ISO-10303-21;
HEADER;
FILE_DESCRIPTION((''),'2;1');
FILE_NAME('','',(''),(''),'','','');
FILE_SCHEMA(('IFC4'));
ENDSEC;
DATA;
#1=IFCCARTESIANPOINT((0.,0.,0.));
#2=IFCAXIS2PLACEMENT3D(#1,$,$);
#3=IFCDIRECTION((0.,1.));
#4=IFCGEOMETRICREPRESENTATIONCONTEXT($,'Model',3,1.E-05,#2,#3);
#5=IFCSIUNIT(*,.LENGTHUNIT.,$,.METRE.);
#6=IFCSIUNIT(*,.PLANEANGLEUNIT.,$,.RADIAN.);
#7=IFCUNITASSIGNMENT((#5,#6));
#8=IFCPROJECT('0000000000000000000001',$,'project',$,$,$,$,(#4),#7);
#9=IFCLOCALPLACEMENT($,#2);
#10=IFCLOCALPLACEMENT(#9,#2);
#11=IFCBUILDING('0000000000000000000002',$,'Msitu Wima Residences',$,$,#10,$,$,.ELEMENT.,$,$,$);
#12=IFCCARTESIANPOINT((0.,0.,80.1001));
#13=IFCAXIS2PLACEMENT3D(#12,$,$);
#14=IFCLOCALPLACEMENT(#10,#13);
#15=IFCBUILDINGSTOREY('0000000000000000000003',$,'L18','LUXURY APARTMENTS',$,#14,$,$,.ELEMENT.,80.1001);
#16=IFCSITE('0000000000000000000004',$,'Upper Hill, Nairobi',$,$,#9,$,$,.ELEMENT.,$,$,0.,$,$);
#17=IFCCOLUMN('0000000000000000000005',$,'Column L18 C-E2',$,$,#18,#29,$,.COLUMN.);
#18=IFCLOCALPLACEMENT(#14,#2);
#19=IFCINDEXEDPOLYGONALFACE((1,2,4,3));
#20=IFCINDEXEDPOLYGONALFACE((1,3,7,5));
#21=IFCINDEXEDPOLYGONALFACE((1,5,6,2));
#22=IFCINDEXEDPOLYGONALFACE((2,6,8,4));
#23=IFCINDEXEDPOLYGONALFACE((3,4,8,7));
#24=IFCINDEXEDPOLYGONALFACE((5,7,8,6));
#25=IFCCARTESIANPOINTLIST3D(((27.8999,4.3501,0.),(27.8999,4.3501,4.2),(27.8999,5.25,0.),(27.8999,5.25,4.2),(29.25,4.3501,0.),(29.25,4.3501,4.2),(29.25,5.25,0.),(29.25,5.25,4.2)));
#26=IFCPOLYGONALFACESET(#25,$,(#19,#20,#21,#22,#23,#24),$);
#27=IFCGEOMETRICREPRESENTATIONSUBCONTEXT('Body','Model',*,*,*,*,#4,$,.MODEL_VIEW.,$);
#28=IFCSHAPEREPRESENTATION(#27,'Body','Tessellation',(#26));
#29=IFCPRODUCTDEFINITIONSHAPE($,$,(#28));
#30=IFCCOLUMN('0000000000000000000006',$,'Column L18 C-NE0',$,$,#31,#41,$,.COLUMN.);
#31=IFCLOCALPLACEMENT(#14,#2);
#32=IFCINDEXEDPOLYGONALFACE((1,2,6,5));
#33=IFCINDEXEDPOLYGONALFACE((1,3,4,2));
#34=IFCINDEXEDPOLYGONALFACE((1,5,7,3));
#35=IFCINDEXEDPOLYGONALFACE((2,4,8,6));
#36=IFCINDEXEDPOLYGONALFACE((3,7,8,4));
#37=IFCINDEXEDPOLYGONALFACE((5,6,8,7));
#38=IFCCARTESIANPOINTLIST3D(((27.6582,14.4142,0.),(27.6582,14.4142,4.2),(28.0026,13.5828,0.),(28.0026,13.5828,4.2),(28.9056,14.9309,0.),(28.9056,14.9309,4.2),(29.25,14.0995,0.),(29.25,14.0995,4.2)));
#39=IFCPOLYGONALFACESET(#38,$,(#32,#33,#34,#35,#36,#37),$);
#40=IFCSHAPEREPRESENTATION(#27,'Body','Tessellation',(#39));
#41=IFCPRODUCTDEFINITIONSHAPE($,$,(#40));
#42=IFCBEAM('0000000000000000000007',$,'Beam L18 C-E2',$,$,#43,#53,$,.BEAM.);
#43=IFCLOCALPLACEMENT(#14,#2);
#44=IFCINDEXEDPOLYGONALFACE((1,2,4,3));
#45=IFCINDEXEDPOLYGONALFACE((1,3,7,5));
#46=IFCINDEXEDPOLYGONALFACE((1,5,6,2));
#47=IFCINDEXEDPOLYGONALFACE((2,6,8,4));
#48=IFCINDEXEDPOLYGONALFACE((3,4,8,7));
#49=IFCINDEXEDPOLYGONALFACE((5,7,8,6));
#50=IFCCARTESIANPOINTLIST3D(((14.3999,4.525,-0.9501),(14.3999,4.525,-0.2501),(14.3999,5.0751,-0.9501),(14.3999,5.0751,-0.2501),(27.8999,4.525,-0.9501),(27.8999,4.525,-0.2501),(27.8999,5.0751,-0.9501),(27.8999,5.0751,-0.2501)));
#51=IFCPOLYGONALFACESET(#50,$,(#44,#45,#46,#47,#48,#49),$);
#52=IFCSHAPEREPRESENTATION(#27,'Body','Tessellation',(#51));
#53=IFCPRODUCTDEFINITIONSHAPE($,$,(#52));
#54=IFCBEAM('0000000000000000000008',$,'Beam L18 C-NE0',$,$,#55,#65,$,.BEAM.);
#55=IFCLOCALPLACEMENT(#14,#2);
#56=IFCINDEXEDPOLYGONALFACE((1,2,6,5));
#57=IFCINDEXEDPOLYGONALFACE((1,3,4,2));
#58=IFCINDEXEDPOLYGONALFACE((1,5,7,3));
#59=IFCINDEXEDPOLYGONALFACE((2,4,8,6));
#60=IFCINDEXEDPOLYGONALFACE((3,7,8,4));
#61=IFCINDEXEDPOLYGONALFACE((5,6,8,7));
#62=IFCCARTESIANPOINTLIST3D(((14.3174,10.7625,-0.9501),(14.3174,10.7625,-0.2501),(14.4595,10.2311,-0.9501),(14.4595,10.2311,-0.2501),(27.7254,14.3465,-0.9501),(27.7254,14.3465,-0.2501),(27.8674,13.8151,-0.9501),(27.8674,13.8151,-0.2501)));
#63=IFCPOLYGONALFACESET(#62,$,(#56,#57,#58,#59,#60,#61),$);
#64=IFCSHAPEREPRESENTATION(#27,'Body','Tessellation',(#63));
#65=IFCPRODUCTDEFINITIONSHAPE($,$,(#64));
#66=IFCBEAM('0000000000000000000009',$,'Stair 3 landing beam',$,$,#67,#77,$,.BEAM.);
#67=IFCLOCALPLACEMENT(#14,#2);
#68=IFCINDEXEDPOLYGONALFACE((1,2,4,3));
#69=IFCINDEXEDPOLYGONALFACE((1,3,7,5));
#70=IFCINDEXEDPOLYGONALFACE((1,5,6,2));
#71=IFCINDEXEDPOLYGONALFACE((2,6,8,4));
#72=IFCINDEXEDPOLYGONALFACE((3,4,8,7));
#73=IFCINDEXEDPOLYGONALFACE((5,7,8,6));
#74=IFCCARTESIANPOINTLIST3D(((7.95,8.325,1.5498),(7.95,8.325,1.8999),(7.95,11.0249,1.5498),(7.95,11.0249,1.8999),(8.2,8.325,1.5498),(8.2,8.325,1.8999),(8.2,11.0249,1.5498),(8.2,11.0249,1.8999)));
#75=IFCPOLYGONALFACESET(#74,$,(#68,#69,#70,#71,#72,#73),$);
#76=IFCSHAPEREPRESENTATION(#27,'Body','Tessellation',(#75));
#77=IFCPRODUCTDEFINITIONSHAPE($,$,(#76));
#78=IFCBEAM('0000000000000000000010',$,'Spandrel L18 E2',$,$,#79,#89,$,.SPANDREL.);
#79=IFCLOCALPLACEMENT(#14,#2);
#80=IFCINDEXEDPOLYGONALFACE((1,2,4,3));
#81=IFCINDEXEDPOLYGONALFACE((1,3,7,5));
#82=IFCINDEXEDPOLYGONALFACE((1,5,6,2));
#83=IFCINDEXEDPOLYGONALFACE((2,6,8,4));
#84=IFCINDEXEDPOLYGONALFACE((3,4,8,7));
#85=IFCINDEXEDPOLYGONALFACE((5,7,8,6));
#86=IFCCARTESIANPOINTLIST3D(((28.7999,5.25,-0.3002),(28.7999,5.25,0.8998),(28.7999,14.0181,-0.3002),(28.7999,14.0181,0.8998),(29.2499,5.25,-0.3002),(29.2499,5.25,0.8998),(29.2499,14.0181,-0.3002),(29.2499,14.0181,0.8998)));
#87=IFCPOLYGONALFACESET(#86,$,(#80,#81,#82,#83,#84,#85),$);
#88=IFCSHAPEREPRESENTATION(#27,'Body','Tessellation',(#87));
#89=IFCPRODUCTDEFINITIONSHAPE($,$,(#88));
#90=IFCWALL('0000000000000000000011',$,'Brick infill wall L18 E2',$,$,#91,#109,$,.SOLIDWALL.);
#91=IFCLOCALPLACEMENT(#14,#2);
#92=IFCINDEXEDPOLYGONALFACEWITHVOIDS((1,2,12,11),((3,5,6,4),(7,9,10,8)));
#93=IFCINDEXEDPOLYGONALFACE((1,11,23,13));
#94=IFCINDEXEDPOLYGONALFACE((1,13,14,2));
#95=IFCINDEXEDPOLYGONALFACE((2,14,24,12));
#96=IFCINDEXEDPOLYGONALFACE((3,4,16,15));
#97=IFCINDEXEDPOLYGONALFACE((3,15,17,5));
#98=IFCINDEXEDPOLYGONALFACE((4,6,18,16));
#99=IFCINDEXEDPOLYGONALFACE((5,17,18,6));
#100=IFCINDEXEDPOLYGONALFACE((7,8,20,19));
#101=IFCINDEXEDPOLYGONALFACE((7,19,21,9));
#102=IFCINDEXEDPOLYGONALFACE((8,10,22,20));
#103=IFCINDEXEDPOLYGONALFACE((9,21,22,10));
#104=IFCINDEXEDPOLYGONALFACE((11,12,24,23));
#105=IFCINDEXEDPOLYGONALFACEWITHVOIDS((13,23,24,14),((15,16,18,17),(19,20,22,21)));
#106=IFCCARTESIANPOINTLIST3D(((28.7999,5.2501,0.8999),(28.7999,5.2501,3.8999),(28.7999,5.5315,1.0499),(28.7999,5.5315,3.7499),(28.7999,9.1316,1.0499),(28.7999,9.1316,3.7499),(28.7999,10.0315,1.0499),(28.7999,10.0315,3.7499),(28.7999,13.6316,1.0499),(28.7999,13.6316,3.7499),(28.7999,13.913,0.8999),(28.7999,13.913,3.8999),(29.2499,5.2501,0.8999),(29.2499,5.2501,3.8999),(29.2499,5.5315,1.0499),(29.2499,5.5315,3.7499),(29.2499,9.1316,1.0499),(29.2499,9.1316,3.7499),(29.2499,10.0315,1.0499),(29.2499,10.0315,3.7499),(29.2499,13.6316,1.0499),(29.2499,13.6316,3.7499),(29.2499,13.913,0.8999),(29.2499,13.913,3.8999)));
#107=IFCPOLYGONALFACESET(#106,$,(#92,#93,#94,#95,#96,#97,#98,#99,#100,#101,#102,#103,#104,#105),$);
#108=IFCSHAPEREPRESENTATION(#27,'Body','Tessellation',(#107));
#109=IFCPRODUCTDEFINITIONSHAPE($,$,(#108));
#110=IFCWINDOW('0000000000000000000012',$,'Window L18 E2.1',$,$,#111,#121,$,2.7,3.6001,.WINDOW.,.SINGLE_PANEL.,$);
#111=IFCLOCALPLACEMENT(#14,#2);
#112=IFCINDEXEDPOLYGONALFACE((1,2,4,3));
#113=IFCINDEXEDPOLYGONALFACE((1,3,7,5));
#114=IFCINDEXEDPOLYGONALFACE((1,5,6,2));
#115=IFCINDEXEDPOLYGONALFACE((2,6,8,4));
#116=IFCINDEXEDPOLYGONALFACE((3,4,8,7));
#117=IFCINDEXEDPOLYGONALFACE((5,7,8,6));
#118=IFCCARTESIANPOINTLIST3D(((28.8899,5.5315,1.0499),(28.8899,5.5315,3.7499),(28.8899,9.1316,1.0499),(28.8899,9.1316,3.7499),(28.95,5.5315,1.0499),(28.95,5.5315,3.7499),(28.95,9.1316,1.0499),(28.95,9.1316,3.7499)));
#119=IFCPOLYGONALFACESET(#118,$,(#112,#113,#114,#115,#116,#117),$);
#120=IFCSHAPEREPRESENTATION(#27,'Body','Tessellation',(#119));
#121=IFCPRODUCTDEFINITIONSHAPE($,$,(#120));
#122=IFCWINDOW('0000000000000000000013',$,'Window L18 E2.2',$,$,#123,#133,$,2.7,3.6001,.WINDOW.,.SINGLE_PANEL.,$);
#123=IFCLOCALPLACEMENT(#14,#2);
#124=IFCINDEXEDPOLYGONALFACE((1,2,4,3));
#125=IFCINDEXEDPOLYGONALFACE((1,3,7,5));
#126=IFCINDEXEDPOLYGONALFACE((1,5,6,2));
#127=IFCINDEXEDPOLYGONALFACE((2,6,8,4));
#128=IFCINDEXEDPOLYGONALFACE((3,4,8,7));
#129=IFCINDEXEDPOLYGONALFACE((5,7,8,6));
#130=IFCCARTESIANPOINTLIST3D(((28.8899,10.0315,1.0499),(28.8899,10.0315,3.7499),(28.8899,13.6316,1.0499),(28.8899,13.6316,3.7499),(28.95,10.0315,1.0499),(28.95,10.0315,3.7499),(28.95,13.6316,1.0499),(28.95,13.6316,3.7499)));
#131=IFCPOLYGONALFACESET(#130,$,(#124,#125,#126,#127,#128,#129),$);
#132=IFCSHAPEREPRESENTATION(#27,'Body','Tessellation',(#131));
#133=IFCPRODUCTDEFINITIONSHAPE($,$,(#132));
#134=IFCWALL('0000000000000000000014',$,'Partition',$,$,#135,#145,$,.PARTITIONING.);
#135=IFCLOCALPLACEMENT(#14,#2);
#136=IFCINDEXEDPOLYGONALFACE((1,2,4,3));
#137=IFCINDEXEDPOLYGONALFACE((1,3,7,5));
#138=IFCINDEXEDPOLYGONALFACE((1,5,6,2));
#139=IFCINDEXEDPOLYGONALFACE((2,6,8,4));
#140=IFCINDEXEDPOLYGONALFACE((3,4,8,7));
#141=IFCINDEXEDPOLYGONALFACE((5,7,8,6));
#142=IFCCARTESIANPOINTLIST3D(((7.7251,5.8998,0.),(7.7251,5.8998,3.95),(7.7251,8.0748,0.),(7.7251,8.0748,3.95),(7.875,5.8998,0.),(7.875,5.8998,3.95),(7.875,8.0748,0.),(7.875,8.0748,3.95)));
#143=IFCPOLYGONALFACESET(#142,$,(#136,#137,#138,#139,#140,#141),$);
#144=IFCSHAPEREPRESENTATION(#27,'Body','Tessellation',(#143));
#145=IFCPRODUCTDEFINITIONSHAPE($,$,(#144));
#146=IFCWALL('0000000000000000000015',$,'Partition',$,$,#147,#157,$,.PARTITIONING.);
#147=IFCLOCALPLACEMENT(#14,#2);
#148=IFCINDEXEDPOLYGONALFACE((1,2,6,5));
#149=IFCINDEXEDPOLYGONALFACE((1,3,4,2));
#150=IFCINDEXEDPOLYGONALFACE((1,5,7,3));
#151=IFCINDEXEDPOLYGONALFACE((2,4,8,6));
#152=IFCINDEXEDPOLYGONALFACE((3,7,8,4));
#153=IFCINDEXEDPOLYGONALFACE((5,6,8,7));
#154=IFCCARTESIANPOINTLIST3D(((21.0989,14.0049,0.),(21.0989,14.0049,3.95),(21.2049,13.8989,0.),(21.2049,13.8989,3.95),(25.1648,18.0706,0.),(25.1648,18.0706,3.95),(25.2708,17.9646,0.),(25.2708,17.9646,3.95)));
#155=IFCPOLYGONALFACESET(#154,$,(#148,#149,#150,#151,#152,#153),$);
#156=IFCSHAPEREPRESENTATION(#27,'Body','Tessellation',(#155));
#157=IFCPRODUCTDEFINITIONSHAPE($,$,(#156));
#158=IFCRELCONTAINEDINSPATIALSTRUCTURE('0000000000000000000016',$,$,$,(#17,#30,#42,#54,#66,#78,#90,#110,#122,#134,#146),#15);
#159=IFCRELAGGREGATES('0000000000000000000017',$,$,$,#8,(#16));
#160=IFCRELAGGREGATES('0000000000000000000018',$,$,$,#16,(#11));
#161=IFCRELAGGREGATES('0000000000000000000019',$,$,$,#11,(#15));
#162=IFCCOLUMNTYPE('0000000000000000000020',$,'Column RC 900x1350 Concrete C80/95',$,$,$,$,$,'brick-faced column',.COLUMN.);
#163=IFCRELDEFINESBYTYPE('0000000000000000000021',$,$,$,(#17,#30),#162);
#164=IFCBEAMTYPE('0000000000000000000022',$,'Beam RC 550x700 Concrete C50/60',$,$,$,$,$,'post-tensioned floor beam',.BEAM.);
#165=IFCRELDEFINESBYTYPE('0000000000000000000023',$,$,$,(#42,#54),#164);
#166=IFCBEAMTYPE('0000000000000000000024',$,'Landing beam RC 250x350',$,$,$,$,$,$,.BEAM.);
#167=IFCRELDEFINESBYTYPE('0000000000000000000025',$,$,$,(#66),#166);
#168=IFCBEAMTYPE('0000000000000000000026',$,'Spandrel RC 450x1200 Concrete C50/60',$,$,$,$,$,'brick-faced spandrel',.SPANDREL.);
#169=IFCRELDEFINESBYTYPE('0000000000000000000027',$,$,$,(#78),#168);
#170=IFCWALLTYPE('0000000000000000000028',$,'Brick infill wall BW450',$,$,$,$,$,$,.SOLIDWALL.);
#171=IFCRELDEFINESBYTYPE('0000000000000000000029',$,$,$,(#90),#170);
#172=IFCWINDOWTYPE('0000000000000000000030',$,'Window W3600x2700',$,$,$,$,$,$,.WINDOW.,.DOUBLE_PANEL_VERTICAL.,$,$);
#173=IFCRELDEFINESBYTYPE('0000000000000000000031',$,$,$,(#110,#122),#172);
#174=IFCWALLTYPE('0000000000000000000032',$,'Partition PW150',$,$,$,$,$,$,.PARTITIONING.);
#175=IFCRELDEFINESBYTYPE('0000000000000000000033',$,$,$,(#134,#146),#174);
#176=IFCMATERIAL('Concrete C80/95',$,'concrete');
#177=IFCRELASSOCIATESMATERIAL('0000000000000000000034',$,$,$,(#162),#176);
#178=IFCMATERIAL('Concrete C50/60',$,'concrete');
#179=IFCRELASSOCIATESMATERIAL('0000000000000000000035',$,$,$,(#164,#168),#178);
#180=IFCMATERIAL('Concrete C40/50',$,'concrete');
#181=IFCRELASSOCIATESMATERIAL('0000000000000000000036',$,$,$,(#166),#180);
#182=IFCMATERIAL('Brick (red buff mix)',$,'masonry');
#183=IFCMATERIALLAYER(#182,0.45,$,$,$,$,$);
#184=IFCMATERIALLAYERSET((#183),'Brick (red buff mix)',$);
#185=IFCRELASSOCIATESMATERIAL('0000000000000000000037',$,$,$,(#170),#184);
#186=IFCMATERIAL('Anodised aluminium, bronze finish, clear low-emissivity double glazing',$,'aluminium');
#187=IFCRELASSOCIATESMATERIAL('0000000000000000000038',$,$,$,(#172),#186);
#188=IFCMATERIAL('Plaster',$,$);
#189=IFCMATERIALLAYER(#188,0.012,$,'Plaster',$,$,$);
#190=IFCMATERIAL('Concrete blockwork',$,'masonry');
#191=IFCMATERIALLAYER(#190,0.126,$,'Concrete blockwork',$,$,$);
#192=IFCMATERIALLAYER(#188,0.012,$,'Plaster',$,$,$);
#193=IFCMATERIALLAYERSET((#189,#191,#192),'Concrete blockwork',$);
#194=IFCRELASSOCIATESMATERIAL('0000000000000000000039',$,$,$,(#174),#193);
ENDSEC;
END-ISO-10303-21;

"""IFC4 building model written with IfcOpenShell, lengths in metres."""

from ifc_helpers import new_model, si_unit, direction, frame, frame_2d, origin, origin_2d, place, context, subcontext, project, spatial, rectangle, extrude, material, layer, layer_set, material_profile, profile_set, type_object, element, fill, save


model = new_model("IFC4")

# Units and contexts
model_context = context("Model", 3, precision=1e-05, world=origin(), true_north=direction((0.0, 1.0)))
body_context = subcontext(model_context, "Body", "Model", "MODEL_VIEW")
ifc_project = project(units=[si_unit("LENGTHUNIT", "METRE"), si_unit("PLANEANGLEUNIT", "RADIAN")], contexts=[model_context])

# Site, building, storey
site_placement = place(None, origin())
site = spatial("IfcSite", under=ifc_project, at=site_placement, Name="Upper Hill, Nairobi", CompositionType="ELEMENT", RefElevation=0.0)
building_placement = place(site_placement, origin())
building = spatial("IfcBuilding", under=site, at=building_placement, Name="Msitu Wima Residences", CompositionType="ELEMENT")
storey_placement = place(building_placement, frame((0.0, 0.0, 80.1001)))
storey = spatial("IfcBuildingStorey", under=building, at=storey_placement, Name="L18", Description="LUXURY APARTMENTS", CompositionType="ELEMENT", Elevation=80.1001)

# Columns
ifc_material_1 = material(Name="Concrete C80/95", Category="concrete")
ifc_material_profile_1 = material_profile(ifc_material_1, rectangle(XDim=0.8999, YDim=1.3501, at=origin_2d()), Name="RC 900x1350")
ifc_profile_set_1 = profile_set([ifc_material_profile_1], Name="Concrete C80/95")
column_type = type_object("IfcColumnType", Name="Column RC 900x1350 Concrete C80/95", ElementType="brick-faced column", PredefinedType="COLUMN", material=ifc_profile_set_1)
for number, where, z_axis, x_axis, name in (
    (1, (28.575, 4.8, 0.0), (0.0, 0.0, 1.0), (0.0, 1.0, 0.0), "Column L18 C-E2"),
    (2, (28.4541, 14.2568, 0.0), (0.0, 0.0, 1.0), (-0.382683, 0.92388, 0.0), "Column L18 C-NE0"),
):
    element("IfcColumn", number, at=place(storey_placement, frame(where, z_axis=z_axis, x_axis=x_axis)), inside=storey, type_object=column_type, Name=name, PredefinedType="COLUMN", context=body_context, shape_type="SweptSolid", body=[
        extrude(rectangle(XDim=0.8999, YDim=1.3501, at=origin_2d()), origin(), (0.0, 0.0, 1.0), 4.2),
    ])

# Beams
ifc_material_2 = material(Name="Concrete C50/60", Category="concrete")
ifc_material_profile_2 = material_profile(ifc_material_2, rectangle(XDim=0.55, YDim=0.7, at=origin_2d()), Name="RC 550x700")
ifc_profile_set_2 = profile_set([ifc_material_profile_2], Name="Concrete C50/60")
beam_type_1 = type_object("IfcBeamType", Name="Beam RC 550x700 Concrete C50/60", ElementType="post-tensioned floor beam", PredefinedType="BEAM", material=ifc_profile_set_2)
beam_1_placement = place(storey_placement, frame((27.8999, 4.8, -0.6001), z_axis=(-1.0, 0.0, 0.0), x_axis=(0.0, -1.0, 0.0)))
element("IfcBeam", 3, at=beam_1_placement, inside=storey, type_object=beam_type_1, Name="Beam L18 C-E2", PredefinedType="BEAM", context=body_context, shape_type="SweptSolid", body=[
    extrude(rectangle(XDim=0.55, YDim=0.7, at=origin_2d()), origin(), (0.0, 0.0, 1.0), 13.5),
])
beam_2_placement = place(storey_placement, frame((27.7964, 14.0808, -0.6001), z_axis=(-0.966082, -0.258236, 0.0), x_axis=(0.258236, -0.966082, 0.0)))
element("IfcBeam", 4, at=beam_2_placement, inside=storey, type_object=beam_type_1, Name="Beam L18 C-NE0", PredefinedType="BEAM", context=body_context, shape_type="SweptSolid", body=[
    extrude(rectangle(XDim=0.55, YDim=0.7, at=origin_2d()), origin(), (0.0, 0.0, 1.0), 13.8787),
])
ifc_material_3 = material(Name="Concrete C40/50", Category="concrete")
ifc_material_profile_3 = material_profile(ifc_material_3, rectangle(XDim=0.25, YDim=0.3501, at=origin_2d()), Name="RC 250x350")
ifc_profile_set_3 = profile_set([ifc_material_profile_3], Name="Concrete C40/50")
beam_type_2 = type_object("IfcBeamType", Name="Landing beam RC 250x350", PredefinedType="BEAM", material=ifc_profile_set_3)
beam_3_placement = place(storey_placement, frame((8.075, 8.325, 1.7249), z_axis=(0.0, 1.0, 0.0), x_axis=(-1.0, 0.0, 0.0)))
element("IfcBeam", 5, at=beam_3_placement, inside=storey, type_object=beam_type_2, Name="Stair 3 landing beam", PredefinedType="BEAM", context=body_context, shape_type="SweptSolid", body=[
    extrude(rectangle(XDim=0.25, YDim=0.3501, at=origin_2d()), origin(), (0.0, 0.0, 1.0), 2.7),
])
ifc_material_profile_4 = material_profile(ifc_material_2, rectangle(XDim=0.45, YDim=1.2, at=origin_2d()), Name="RC 450x1200")
ifc_profile_set_4 = profile_set([ifc_material_profile_4], Name="Concrete C50/60")
beam_type_3 = type_object("IfcBeamType", Name="Spandrel RC 450x1200 Concrete C50/60", ElementType="brick-faced spandrel", PredefinedType="SPANDREL", material=ifc_profile_set_4)
beam_4_placement = place(storey_placement, frame((29.0249, 5.25, 0.2998), z_axis=(0.0, 1.0, 0.0), x_axis=(-1.0, 0.0, 0.0)))
element("IfcBeam", 6, at=beam_4_placement, inside=storey, type_object=beam_type_3, Name="Spandrel L18 E2", PredefinedType="SPANDREL", context=body_context, shape_type="SweptSolid", body=[
    extrude(rectangle(XDim=0.45, YDim=1.2, at=origin_2d()), origin(), (0.0, 0.0, 1.0), 8.7681),
])

# Wall, openings, windows
ifc_material_4 = material(Name="Brick (red buff mix)", Category="masonry")
ifc_layer_1 = layer(ifc_material_4, 0.45)
ifc_layer_set_1 = layer_set([ifc_layer_1], Name="Brick (red buff mix)")
wall_type_1 = type_object("IfcWallType", Name="Brick infill wall BW450", PredefinedType="SOLIDWALL", material=ifc_layer_set_1)
wall_1_placement = place(storey_placement, frame((29.0249, 5.25, 0.8999), z_axis=(0.0, 0.0, 1.0), x_axis=(0.0, 1.0, 0.0)))
wall_1 = element("IfcWall", 7, at=wall_1_placement, inside=storey, type_object=wall_type_1, Name="Brick infill wall L18 E2", PredefinedType="SOLIDWALL", context=body_context, shape_type="SweptSolid", body=[
    extrude(rectangle(XDim=8.6628, YDim=0.45, at=frame_2d((4.3315, 0.0))), origin(), (0.0, 0.0, 1.0), 3.0),
])
opening_1_placement = place(wall_1_placement, frame((0.2815, 0.0, 0.1499)))
opening_1 = element("IfcOpeningElement", 8, at=opening_1_placement, cuts=wall_1, PredefinedType="OPENING", context=body_context, shape_type="SweptSolid", body=[
    extrude(rectangle(XDim=3.6001, YDim=2.7, at=frame_2d((1.8, 1.3501))), frame((0.0, 0.2349, 0.0), z_axis=(0.0, -1.0, 0.0), x_axis=(1.0, 0.0, 0.0)), (0.0, 0.0, 1.0), 0.47),
])
opening_2_placement = place(wall_1_placement, frame((4.7815, 0.0, 0.1499)))
opening_2 = element("IfcOpeningElement", 9, at=opening_2_placement, cuts=wall_1, PredefinedType="OPENING", context=body_context, shape_type="SweptSolid", body=[
    extrude(rectangle(XDim=3.6001, YDim=2.7, at=frame_2d((1.8, 1.3501))), frame((0.0, 0.2349, 0.0), z_axis=(0.0, -1.0, 0.0), x_axis=(1.0, 0.0, 0.0)), (0.0, 0.0, 1.0), 0.47),
])
ifc_material_5 = material(Name="Anodised aluminium, bronze finish, clear low-emissivity double glazing", Category="aluminium")
window_type = type_object("IfcWindowType", Name="Window W3600x2700", PartitioningType="DOUBLE_PANEL_VERTICAL", PredefinedType="WINDOW", material=ifc_material_5)
window_1_placement = place(opening_1_placement, origin())
window_1 = element("IfcWindow", 10, at=window_1_placement, inside=storey, type_object=window_type, Name="Window L18 E2.1", OverallHeight=2.7, OverallWidth=3.6001, PartitioningType="SINGLE_PANEL", PredefinedType="WINDOW", context=body_context, shape_type="SweptSolid", body=[
    extrude(rectangle(XDim=3.6001, YDim=2.7, at=frame_2d((1.8, 1.3501))), frame((0.0, 0.135, 0.0), z_axis=(0.0, -1.0, 0.0), x_axis=(1.0, 0.0, 0.0)), (0.0, 0.0, 1.0), 0.0601),
])
fill(opening_1, window_1)
window_2_placement = place(opening_2_placement, origin())
window_2 = element("IfcWindow", 11, at=window_2_placement, inside=storey, type_object=window_type, Name="Window L18 E2.2", OverallHeight=2.7, OverallWidth=3.6001, PartitioningType="SINGLE_PANEL", PredefinedType="WINDOW", context=body_context, shape_type="SweptSolid", body=[
    extrude(rectangle(XDim=3.6001, YDim=2.7, at=frame_2d((1.8, 1.3501))), frame((0.0, 0.135, 0.0), z_axis=(0.0, -1.0, 0.0), x_axis=(1.0, 0.0, 0.0)), (0.0, 0.0, 1.0), 0.0601),
])
fill(opening_2, window_2)

# Walls
ifc_material_6 = material(Name="Plaster")
ifc_layer_2 = layer(ifc_material_6, 0.012, Name="Plaster")
ifc_material_7 = material(Name="Concrete blockwork", Category="masonry")
ifc_layer_3 = layer(ifc_material_7, 0.126, Name="Concrete blockwork")
ifc_layer_4 = layer(ifc_material_6, 0.012, Name="Plaster")
ifc_layer_set_2 = layer_set([ifc_layer_2, ifc_layer_3, ifc_layer_4], Name="Concrete blockwork")
wall_type_2 = type_object("IfcWallType", Name="Partition PW150", PredefinedType="PARTITIONING", material=ifc_layer_set_2)
wall_2_placement = place(storey_placement, frame((7.8, 5.8999, 0.0), z_axis=(0.0, 0.0, 1.0), x_axis=(0.0, 1.0, 0.0)))
element("IfcWall", 12, at=wall_2_placement, inside=storey, type_object=wall_type_2, Name="Partition", PredefinedType="PARTITIONING", context=body_context, shape_type="SweptSolid", body=[
    extrude(rectangle(XDim=2.175, YDim=0.1499, at=frame_2d((1.0874, 0.0))), origin(), (0.0, 0.0, 1.0), 3.95),
])
wall_3_placement = place(storey_placement, frame((21.1519, 13.9519, 0.0), z_axis=(0.0, 0.0, 1.0), x_axis=(0.707128, 0.707086, 0.0)))
element("IfcWall", 13, at=wall_3_placement, inside=storey, type_object=wall_type_2, Name="Partition", PredefinedType="PARTITIONING", context=body_context, shape_type="SweptSolid", body=[
    extrude(rectangle(XDim=5.75, YDim=0.1499, at=frame_2d((2.875, 0.0))), origin(), (0.0, 0.0, 1.0), 3.95),
])

save(model, "model.ifc")
